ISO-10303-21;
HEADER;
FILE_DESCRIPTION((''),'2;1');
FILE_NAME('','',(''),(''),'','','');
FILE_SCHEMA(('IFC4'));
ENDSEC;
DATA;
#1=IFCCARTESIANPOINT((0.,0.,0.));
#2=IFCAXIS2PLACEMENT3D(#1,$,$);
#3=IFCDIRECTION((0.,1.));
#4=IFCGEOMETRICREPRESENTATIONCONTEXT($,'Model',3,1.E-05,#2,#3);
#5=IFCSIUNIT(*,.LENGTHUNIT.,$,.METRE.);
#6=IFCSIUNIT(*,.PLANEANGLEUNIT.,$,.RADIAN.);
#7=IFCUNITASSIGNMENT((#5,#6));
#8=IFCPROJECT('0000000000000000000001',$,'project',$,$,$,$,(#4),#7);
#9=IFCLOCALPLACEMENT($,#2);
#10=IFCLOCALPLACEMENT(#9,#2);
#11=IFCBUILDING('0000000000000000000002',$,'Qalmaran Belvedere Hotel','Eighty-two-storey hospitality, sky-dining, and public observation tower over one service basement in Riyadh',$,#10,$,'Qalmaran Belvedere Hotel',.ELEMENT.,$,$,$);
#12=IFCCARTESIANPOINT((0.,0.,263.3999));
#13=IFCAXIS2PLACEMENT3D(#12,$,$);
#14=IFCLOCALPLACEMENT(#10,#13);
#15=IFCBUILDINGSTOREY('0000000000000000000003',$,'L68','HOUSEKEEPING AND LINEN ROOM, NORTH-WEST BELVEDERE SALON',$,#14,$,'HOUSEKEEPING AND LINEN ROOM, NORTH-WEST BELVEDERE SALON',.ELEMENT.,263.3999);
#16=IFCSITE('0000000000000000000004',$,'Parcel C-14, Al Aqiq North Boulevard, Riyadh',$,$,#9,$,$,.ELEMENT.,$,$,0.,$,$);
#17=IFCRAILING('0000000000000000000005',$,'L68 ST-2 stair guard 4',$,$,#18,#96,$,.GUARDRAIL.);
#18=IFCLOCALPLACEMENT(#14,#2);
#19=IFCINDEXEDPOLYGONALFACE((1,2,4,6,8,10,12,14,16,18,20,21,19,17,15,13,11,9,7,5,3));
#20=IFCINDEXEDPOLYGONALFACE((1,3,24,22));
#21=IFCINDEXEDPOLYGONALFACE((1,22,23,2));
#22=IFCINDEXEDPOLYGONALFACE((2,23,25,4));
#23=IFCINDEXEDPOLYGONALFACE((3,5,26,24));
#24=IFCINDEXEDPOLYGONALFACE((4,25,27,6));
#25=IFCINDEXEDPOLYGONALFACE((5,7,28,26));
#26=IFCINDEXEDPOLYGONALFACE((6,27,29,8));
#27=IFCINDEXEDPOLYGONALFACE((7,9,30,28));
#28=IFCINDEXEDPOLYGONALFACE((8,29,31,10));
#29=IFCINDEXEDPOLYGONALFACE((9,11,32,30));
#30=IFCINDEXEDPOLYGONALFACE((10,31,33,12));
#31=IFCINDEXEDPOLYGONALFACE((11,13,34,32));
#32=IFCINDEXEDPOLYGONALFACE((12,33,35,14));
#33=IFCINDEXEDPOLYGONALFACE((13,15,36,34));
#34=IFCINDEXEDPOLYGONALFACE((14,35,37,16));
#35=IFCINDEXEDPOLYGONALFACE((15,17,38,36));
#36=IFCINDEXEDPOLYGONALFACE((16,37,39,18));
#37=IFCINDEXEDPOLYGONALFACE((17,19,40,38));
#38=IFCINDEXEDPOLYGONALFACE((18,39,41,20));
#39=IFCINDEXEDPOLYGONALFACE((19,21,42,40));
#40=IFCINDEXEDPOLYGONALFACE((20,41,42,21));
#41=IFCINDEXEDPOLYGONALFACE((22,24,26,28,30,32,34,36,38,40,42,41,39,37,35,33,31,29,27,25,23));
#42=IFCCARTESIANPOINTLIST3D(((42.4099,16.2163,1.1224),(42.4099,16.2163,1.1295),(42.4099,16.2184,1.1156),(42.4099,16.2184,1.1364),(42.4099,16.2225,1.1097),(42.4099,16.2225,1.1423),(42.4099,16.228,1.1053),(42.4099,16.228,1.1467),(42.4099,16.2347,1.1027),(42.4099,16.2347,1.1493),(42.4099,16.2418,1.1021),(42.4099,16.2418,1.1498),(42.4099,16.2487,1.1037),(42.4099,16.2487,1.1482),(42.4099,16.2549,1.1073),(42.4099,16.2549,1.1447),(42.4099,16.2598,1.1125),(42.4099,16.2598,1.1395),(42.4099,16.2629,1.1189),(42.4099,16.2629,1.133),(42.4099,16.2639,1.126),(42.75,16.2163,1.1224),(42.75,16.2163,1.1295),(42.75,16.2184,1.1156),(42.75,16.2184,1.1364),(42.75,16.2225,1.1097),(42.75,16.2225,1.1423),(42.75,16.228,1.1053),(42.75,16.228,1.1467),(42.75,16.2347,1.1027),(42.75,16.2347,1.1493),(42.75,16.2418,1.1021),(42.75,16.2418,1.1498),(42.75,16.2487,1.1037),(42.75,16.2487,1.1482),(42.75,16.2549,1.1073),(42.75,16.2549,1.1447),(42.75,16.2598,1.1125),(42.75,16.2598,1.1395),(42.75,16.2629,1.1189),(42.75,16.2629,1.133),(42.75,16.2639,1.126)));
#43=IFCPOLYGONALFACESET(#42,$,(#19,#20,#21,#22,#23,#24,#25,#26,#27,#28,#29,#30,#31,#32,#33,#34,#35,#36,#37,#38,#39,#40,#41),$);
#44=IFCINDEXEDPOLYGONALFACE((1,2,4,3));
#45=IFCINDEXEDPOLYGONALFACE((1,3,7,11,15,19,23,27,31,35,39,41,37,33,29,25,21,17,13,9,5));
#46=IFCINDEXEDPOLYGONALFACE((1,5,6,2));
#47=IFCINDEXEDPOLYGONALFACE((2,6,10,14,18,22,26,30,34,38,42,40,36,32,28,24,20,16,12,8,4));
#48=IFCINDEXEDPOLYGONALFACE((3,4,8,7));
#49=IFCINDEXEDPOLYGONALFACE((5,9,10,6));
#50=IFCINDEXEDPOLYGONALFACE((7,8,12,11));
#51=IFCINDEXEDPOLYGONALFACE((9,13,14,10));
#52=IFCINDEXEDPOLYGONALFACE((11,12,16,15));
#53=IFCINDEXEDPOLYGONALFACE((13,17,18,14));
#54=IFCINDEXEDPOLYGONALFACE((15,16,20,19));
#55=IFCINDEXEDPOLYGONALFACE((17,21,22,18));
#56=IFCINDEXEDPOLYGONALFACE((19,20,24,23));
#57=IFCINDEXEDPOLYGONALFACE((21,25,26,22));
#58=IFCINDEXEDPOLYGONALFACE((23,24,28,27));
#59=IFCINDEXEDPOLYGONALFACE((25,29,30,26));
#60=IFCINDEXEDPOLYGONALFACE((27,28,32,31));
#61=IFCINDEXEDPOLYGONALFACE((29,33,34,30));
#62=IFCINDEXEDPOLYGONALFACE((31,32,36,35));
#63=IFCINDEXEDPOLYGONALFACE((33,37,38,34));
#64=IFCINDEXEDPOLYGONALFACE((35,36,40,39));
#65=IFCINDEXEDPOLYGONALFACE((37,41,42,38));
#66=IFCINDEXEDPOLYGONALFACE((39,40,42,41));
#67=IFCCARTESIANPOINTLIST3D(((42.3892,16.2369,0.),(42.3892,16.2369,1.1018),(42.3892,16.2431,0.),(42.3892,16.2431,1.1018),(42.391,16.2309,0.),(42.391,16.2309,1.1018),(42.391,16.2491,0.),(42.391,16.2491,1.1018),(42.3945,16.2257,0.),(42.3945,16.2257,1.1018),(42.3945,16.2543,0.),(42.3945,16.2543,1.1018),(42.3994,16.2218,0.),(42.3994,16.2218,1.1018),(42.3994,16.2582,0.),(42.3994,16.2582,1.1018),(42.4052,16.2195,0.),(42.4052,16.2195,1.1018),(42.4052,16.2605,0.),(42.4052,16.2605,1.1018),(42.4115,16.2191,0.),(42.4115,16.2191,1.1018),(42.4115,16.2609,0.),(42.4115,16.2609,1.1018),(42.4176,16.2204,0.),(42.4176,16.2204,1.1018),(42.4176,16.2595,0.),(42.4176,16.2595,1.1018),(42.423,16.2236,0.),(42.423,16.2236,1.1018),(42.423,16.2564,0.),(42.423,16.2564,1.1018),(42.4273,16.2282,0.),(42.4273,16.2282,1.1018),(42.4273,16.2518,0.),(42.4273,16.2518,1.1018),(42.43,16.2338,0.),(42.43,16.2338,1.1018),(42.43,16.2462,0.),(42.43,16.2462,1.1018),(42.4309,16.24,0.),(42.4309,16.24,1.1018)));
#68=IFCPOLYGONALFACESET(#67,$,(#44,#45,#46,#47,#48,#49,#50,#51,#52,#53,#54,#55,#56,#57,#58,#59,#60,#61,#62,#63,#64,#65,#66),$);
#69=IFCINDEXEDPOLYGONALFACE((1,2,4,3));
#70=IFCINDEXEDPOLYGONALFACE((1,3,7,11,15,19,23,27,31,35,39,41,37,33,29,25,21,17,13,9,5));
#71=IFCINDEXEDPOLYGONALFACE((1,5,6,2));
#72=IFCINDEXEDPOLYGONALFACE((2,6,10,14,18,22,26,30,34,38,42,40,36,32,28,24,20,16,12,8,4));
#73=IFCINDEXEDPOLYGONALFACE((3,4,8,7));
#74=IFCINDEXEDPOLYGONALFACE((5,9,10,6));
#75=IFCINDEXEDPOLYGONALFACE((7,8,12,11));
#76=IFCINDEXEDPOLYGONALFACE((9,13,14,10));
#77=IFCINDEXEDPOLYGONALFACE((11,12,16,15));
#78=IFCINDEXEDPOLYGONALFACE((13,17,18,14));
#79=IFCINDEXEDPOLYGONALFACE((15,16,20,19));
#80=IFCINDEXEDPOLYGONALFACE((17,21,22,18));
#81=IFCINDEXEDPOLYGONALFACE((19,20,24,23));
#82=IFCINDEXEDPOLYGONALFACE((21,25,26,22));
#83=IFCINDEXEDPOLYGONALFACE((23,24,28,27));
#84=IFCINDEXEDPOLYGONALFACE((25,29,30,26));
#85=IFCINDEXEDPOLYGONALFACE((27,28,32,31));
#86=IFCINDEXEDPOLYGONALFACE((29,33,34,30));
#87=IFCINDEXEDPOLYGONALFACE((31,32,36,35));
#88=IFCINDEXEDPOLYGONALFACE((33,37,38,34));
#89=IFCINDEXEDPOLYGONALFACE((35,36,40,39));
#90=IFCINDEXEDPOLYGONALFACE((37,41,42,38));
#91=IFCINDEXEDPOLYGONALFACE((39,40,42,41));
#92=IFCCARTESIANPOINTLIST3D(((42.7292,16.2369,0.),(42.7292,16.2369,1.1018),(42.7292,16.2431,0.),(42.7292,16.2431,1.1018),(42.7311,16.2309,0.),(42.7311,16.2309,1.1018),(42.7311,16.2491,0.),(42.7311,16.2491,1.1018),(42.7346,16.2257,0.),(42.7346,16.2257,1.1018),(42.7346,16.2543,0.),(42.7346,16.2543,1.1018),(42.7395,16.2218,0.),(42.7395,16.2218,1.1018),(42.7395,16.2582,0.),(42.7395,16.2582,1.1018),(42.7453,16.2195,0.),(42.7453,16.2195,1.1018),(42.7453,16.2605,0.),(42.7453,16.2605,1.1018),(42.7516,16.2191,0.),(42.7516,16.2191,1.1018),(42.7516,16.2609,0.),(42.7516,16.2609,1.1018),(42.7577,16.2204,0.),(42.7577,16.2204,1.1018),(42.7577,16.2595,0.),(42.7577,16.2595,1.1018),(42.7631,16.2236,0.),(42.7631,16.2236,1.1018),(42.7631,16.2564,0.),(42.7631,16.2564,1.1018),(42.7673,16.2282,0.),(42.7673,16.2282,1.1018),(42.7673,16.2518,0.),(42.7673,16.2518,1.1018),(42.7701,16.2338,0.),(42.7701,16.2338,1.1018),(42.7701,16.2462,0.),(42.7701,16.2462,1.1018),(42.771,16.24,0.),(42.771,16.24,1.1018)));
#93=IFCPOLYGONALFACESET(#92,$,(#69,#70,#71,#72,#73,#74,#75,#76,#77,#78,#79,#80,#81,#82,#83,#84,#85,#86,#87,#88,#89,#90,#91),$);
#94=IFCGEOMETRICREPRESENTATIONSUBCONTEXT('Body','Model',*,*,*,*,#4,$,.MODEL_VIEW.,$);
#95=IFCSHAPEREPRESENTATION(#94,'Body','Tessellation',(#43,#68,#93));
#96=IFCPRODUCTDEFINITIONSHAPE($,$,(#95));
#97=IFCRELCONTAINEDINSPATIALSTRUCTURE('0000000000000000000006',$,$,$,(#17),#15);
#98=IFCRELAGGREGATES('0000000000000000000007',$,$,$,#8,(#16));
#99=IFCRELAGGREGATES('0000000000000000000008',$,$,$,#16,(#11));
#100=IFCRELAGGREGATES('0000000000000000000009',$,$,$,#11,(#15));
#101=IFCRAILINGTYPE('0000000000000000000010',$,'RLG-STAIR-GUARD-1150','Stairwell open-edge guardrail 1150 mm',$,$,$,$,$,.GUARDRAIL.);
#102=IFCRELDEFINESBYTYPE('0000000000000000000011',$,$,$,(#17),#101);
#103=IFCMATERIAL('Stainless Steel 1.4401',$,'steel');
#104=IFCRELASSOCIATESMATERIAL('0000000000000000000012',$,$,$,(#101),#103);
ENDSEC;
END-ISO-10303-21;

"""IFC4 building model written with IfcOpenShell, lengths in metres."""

from ifc_helpers import new_model, si_unit, direction, frame, origin, origin_2d, place, context, subcontext, project, spatial, circle, extrude, material, type_object, element, save


model = new_model("IFC4")

# Units and contexts
model_context = context("Model", 3, precision=1e-05, world=origin(), true_north=direction((0.0, 1.0)))
body_context = subcontext(model_context, "Body", "Model", "MODEL_VIEW")
ifc_project = project(units=[si_unit("LENGTHUNIT", "METRE"), si_unit("PLANEANGLEUNIT", "RADIAN")], contexts=[model_context])

# Site, building, storey
site_placement = place(None, origin())
site = spatial("IfcSite", under=ifc_project, at=site_placement, Name="Parcel C-14, Al Aqiq North Boulevard, Riyadh", CompositionType="ELEMENT", RefElevation=0.0)
building_placement = place(site_placement, origin())
building = spatial("IfcBuilding", under=site, at=building_placement, Name="Qalmaran Belvedere Hotel", Description="Eighty-two-storey hospitality, sky-dining, and public observation tower over one service basement in Riyadh", LongName="Qalmaran Belvedere Hotel", CompositionType="ELEMENT")
storey_placement = place(building_placement, frame((0.0, 0.0, 263.3999)))
storey = spatial("IfcBuildingStorey", under=building, at=storey_placement, Name="L68", Description="HOUSEKEEPING AND LINEN ROOM, NORTH-WEST BELVEDERE SALON", LongName="HOUSEKEEPING AND LINEN ROOM, NORTH-WEST BELVEDERE SALON", CompositionType="ELEMENT", Elevation=263.3999)

# Railing
ifc_material_1 = material(Name="Stainless Steel 1.4401", Category="steel")
railing_type_1 = type_object("IfcRailingType", Name="RLG-STAIR-GUARD-1150", Description="Stairwell open-edge guardrail 1150 mm", PredefinedType="GUARDRAIL", material=ifc_material_1)
railing_1_placement = place(storey_placement, frame((42.4099, 16.24, 0.0)))
element("IfcRailing", 1, at=railing_1_placement, inside=storey, type_object=railing_type_1, Name="L68 ST-2 stair guard 4", PredefinedType="GUARDRAIL", context=body_context, shape_type="SweptSolid", body=[
    extrude(circle(Radius=0.0239, at=origin_2d()), frame((0.0, 0.0, 1.126), z_axis=(1.0, 0.0, 0.0), x_axis=(0.0, 1.0, 0.0)), (0.0, 0.0, 1.0), 0.3401),
    extrude(circle(Radius=0.021, at=origin_2d()), origin(), (0.0, 0.0, 1.0), 1.1018),
    extrude(circle(Radius=0.021, at=origin_2d()), frame((0.3401, 0.0, 0.0)), (0.0, 0.0, 1.0), 1.1018),
])

save(model, "model.ifc")
